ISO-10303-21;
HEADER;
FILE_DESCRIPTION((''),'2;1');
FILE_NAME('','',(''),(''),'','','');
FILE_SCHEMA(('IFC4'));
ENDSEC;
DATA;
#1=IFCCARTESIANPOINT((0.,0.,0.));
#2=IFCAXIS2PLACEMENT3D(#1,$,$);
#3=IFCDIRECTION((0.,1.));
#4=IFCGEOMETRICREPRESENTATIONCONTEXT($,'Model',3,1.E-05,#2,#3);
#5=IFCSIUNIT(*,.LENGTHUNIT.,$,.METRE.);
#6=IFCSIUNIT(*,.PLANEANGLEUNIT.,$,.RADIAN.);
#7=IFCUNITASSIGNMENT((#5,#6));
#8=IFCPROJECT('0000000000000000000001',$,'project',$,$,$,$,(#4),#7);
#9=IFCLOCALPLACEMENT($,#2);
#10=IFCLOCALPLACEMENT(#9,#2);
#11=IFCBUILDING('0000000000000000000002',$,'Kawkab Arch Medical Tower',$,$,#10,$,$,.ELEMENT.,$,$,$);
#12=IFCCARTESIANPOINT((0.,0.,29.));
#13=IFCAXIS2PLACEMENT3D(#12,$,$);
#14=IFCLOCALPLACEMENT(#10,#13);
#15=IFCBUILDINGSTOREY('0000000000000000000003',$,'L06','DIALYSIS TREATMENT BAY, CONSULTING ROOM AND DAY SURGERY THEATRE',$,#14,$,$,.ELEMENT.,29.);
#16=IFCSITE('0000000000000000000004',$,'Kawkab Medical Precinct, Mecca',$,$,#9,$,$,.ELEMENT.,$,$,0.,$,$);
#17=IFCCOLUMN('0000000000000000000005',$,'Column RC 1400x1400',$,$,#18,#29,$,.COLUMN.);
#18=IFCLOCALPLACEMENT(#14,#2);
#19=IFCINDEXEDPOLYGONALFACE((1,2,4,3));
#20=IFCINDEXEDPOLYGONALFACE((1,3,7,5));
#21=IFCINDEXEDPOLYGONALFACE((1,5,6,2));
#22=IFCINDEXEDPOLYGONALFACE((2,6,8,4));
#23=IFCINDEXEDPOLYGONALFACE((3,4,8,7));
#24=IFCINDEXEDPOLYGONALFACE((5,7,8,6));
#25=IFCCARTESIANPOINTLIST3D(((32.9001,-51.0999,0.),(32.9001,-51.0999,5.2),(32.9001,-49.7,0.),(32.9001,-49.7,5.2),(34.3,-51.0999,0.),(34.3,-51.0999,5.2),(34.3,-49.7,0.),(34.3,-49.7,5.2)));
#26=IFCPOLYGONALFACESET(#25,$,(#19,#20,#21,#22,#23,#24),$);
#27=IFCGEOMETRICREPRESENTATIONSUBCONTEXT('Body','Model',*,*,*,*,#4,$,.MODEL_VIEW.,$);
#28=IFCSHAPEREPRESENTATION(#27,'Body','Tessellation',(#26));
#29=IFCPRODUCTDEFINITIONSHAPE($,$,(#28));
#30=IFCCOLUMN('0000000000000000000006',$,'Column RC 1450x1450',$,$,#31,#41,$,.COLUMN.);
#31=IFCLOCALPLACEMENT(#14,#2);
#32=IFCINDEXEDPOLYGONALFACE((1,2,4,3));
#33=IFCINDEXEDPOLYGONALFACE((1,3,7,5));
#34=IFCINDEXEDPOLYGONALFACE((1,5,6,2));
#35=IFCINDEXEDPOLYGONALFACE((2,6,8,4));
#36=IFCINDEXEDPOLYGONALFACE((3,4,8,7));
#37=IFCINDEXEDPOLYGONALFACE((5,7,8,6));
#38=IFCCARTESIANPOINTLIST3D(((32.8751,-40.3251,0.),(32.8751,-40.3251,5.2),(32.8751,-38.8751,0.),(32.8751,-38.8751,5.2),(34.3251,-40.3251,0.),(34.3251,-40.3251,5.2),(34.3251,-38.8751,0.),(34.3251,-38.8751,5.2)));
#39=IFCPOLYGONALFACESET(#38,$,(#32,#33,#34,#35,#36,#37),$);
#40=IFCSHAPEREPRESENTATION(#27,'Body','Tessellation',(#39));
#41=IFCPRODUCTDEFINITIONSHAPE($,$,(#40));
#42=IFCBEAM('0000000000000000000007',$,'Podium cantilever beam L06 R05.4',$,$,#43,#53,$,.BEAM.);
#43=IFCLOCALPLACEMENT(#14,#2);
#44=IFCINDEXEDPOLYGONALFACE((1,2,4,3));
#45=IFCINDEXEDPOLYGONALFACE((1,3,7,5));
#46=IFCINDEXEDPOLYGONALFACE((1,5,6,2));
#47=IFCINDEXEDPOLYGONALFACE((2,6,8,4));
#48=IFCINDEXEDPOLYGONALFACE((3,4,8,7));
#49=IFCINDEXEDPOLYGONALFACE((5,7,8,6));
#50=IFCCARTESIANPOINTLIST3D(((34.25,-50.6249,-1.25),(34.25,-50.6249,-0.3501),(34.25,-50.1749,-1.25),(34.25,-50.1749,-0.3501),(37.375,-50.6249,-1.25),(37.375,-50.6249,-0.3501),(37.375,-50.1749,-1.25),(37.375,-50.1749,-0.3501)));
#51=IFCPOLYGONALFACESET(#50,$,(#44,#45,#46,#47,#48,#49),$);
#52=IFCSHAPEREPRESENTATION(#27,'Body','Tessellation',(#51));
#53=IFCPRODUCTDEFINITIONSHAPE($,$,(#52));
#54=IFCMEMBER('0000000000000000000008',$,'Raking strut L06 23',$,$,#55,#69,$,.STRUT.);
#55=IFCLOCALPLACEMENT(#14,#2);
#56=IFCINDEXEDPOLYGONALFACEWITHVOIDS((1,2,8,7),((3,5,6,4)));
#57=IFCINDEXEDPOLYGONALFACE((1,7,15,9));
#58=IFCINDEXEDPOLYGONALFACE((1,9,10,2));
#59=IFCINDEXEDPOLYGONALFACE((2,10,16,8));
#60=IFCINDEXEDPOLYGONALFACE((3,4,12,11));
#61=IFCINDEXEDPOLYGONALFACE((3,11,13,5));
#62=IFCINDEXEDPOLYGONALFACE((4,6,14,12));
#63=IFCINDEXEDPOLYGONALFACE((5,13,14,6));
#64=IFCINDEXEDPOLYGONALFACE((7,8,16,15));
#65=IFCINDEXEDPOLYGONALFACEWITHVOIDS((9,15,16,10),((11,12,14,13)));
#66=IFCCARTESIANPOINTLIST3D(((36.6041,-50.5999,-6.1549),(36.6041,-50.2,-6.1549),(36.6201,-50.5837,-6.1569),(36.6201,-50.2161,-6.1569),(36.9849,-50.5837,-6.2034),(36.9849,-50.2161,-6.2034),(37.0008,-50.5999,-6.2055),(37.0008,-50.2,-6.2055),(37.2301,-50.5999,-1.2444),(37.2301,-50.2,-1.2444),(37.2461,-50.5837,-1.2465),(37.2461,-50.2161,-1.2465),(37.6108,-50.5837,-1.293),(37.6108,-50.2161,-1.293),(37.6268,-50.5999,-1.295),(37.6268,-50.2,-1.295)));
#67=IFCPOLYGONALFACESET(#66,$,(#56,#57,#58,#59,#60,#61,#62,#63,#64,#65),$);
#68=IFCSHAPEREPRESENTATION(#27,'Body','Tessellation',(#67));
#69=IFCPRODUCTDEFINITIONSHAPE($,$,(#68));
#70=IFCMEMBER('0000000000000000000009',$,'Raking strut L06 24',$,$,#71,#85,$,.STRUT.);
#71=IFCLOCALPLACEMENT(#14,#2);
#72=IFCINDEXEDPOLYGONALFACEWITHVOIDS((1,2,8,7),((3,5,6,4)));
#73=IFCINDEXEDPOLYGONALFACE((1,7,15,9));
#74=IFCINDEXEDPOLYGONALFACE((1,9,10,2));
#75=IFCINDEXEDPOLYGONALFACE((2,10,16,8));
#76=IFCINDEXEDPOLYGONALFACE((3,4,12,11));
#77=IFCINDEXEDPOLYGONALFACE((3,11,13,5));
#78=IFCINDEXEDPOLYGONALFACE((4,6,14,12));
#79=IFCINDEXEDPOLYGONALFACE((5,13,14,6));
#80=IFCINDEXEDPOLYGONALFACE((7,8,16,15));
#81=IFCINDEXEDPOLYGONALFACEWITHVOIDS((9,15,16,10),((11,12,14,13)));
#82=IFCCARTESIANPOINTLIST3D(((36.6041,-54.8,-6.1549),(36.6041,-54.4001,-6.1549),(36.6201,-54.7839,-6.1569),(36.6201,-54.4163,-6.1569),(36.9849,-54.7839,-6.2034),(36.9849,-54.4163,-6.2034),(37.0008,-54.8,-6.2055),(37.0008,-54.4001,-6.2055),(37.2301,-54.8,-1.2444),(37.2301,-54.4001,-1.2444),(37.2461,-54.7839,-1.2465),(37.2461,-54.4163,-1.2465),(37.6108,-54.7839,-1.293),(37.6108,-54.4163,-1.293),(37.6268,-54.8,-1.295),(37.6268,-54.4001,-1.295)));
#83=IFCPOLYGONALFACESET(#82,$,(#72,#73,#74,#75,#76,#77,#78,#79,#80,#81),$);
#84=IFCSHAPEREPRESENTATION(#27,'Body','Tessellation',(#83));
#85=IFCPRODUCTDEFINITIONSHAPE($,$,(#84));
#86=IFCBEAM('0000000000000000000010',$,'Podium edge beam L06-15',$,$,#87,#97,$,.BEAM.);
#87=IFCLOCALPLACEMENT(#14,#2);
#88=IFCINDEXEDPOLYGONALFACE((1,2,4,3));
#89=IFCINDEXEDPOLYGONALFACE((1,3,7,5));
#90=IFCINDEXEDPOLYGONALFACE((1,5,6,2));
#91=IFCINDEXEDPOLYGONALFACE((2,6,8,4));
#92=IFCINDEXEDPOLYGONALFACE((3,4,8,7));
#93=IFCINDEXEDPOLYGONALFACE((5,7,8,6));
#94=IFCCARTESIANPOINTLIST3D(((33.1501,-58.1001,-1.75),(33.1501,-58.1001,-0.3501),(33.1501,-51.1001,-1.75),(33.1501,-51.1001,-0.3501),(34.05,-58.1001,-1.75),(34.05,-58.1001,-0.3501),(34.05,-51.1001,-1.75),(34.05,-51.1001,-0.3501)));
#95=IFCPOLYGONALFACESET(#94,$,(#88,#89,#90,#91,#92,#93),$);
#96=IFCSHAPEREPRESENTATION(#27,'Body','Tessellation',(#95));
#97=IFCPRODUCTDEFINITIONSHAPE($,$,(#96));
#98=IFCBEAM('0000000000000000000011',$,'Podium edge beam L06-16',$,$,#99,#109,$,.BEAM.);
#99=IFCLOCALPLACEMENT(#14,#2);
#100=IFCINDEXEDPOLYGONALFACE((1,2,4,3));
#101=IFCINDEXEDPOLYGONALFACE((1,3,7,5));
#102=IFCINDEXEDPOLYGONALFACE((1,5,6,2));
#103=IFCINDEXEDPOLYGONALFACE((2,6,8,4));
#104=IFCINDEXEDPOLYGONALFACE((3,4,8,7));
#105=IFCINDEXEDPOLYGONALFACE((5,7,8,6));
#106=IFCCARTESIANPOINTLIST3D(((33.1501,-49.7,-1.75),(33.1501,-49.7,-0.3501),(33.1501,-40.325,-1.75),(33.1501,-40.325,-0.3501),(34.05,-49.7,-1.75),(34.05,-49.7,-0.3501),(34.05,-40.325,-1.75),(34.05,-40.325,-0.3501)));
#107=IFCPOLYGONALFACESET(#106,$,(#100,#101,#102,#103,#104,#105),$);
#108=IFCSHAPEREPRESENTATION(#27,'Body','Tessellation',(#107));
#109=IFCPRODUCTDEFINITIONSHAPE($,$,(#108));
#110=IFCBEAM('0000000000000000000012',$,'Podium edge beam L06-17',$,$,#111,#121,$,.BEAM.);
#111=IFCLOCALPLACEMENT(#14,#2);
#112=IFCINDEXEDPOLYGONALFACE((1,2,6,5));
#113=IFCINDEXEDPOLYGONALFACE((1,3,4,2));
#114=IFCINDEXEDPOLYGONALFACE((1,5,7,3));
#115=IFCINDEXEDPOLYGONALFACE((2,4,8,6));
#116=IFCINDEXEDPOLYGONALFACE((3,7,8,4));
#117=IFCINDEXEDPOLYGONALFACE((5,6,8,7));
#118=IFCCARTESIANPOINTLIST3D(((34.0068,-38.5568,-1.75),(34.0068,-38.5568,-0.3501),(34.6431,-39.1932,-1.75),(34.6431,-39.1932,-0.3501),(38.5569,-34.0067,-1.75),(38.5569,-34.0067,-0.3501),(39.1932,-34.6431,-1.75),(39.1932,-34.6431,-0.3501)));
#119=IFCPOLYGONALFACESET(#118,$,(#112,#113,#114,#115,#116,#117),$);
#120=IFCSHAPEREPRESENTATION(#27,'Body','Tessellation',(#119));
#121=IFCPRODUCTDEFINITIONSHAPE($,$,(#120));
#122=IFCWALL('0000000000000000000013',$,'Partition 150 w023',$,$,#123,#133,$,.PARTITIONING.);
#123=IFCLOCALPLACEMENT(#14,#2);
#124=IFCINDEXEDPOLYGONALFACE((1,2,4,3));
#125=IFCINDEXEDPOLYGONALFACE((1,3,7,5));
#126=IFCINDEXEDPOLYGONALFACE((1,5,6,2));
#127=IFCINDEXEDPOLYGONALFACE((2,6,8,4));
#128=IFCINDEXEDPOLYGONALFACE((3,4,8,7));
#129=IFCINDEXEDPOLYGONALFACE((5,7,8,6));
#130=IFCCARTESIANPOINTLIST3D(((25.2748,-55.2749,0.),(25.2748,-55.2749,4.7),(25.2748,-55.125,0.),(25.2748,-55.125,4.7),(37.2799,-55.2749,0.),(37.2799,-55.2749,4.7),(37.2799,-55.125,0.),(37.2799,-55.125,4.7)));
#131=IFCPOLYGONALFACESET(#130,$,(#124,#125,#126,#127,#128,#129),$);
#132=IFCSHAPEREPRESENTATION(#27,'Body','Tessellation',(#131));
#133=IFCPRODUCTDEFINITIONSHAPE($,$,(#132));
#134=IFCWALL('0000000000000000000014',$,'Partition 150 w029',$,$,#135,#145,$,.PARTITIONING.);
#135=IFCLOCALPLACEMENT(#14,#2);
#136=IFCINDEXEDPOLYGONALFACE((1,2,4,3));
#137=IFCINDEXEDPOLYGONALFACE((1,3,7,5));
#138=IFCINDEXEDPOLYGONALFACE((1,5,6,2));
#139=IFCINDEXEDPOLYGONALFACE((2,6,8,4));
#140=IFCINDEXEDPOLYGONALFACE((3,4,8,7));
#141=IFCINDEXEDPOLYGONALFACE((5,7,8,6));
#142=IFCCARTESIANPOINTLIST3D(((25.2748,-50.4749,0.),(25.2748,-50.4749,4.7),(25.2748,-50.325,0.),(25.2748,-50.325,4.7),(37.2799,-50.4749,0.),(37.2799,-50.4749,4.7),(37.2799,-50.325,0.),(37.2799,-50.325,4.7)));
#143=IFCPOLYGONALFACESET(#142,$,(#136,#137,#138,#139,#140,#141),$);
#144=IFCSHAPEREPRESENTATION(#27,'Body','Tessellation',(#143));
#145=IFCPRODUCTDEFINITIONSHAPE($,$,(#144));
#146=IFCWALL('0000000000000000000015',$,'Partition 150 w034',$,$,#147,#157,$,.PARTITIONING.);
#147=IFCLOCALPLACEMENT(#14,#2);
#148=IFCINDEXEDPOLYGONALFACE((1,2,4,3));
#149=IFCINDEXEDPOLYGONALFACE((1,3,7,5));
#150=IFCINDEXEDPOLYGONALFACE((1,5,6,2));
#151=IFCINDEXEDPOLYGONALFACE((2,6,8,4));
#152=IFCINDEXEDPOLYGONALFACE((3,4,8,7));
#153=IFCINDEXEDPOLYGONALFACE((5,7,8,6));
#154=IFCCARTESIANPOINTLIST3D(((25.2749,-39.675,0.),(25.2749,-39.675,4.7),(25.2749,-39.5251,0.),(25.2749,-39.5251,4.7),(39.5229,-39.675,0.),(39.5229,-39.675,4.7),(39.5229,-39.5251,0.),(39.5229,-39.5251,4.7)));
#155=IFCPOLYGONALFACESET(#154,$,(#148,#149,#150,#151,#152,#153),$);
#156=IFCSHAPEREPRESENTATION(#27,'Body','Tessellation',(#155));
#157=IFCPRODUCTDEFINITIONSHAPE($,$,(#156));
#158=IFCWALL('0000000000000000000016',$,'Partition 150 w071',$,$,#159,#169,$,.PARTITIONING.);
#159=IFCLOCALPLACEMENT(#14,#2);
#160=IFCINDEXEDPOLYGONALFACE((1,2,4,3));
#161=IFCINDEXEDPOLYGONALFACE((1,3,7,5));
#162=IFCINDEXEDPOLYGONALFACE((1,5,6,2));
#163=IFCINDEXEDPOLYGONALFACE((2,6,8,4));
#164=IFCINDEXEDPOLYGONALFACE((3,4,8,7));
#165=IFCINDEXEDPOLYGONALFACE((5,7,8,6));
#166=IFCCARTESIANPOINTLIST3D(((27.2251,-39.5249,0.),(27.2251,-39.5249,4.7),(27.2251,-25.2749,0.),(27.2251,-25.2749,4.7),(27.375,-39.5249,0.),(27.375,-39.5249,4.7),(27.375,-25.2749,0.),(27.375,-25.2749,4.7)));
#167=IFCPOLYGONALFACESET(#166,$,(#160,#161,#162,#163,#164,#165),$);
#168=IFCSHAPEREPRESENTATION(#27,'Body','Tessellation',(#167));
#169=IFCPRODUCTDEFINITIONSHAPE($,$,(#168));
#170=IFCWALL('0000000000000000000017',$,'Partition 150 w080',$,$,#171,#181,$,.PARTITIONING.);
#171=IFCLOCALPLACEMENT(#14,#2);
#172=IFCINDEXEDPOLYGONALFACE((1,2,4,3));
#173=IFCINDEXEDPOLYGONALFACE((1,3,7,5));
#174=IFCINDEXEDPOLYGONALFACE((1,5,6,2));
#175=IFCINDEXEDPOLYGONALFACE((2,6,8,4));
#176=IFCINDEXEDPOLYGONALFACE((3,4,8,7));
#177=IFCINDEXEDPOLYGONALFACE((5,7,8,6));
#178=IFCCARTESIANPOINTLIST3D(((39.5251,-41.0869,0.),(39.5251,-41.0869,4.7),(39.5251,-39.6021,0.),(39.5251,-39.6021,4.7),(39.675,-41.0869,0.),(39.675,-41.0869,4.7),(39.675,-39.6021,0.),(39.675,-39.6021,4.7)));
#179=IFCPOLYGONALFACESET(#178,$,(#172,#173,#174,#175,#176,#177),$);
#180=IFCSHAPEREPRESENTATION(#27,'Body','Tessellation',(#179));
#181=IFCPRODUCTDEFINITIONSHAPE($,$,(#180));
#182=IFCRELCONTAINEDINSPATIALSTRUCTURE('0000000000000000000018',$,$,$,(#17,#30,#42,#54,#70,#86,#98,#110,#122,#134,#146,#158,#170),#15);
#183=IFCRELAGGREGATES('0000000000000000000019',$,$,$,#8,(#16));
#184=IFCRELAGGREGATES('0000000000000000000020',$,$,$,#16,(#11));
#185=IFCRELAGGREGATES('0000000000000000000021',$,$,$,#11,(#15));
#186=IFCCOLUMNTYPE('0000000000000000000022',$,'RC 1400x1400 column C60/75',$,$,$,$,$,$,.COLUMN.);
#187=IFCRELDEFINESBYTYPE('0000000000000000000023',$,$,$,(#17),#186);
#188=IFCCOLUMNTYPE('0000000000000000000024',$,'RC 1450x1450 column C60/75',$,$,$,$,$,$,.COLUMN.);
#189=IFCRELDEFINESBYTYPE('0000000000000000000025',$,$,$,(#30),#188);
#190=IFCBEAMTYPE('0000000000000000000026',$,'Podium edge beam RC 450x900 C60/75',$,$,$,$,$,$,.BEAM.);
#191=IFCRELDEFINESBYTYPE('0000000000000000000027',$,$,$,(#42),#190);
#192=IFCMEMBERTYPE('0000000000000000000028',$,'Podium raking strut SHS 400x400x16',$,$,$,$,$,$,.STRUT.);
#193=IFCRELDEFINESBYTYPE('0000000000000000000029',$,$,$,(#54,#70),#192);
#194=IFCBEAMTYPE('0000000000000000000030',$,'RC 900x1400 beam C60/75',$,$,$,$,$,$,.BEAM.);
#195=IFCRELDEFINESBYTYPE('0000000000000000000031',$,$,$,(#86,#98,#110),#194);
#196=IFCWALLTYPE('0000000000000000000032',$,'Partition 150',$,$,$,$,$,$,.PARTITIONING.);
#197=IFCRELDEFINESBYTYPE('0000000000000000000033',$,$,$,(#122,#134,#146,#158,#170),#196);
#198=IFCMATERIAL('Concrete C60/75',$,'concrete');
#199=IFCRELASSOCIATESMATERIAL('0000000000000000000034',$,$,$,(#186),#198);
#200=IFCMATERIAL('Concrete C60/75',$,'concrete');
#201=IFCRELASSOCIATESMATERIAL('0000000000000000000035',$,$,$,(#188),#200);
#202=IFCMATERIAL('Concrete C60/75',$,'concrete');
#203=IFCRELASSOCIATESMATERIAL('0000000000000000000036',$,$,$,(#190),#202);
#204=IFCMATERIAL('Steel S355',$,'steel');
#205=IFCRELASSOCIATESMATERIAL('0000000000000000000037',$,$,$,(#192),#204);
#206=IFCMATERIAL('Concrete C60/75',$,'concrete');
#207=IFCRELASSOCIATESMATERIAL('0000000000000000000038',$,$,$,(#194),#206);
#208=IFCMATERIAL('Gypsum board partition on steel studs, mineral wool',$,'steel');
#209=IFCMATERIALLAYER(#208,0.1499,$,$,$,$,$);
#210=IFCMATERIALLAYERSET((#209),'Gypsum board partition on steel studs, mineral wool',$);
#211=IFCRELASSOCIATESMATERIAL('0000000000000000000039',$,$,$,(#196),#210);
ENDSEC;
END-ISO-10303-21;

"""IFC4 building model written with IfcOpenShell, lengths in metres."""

from ifc_helpers import new_model, si_unit, direction, frame, frame_2d, origin, origin_2d, place, context, subcontext, project, spatial, rectangle, hollow_rectangle, extrude, material, layer, layer_set, material_profile, profile_set, type_object, element, save


model = new_model("IFC4")

# Units and contexts
model_context = context("Model", 3, precision=1e-05, world=origin(), true_north=direction((0.0, 1.0)))
body_context = subcontext(model_context, "Body", "Model", "MODEL_VIEW")
ifc_project = project(units=[si_unit("LENGTHUNIT", "METRE"), si_unit("PLANEANGLEUNIT", "RADIAN")], contexts=[model_context])

# Site, building, storey
site_placement = place(None, origin())
site = spatial("IfcSite", under=ifc_project, at=site_placement, Name="Kawkab Medical Precinct, Mecca", CompositionType="ELEMENT", RefElevation=0.0)
building_placement = place(site_placement, origin())
building = spatial("IfcBuilding", under=site, at=building_placement, Name="Kawkab Arch Medical Tower", CompositionType="ELEMENT")
storey_placement = place(building_placement, frame((0.0, 0.0, 29.0)))
storey = spatial("IfcBuildingStorey", under=building, at=storey_placement, Name="L06", Description="DIALYSIS TREATMENT BAY, CONSULTING ROOM AND DAY SURGERY THEATRE", CompositionType="ELEMENT", Elevation=29.0)

# Columns
ifc_material_1 = material(Name="Concrete C60/75", Category="concrete")
ifc_material_profile_1 = material_profile(ifc_material_1, rectangle(XDim=1.3999, YDim=1.3999, at=origin_2d()), Name="RC 1400x1400")
ifc_profile_set_1 = profile_set([ifc_material_profile_1], Name="Concrete C60/75")
column_type_1 = type_object("IfcColumnType", Name="RC 1400x1400 column C60/75", PredefinedType="COLUMN", material=ifc_profile_set_1)
column_1_placement = place(storey_placement, frame((33.6001, -50.3999, 0.0), z_axis=(0.0, 0.0, 1.0), x_axis=(1.0, 0.0, 0.0)))
element("IfcColumn", 1, at=column_1_placement, inside=storey, type_object=column_type_1, Name="Column RC 1400x1400", PredefinedType="COLUMN", context=body_context, shape_type="SweptSolid", body=[
    extrude(rectangle(XDim=1.3999, YDim=1.3999, at=origin_2d()), origin(), (0.0, 0.0, 1.0), 5.2),
])
ifc_material_2 = material(Name="Concrete C60/75", Category="concrete")
ifc_material_profile_2 = material_profile(ifc_material_2, rectangle(XDim=1.45, YDim=1.45, at=origin_2d()), Name="RC 1450x1450")
ifc_profile_set_2 = profile_set([ifc_material_profile_2], Name="Concrete C60/75")
column_type_2 = type_object("IfcColumnType", Name="RC 1450x1450 column C60/75", PredefinedType="COLUMN", material=ifc_profile_set_2)
column_2_placement = place(storey_placement, frame((33.6001, -39.6001, 0.0), z_axis=(0.0, 0.0, 1.0), x_axis=(1.0, 0.0, 0.0)))
element("IfcColumn", 2, at=column_2_placement, inside=storey, type_object=column_type_2, Name="Column RC 1450x1450", PredefinedType="COLUMN", context=body_context, shape_type="SweptSolid", body=[
    extrude(rectangle(XDim=1.45, YDim=1.45, at=origin_2d()), origin(), (0.0, 0.0, 1.0), 5.2),
])

# Beam
ifc_material_3 = material(Name="Concrete C60/75", Category="concrete")
ifc_material_profile_3 = material_profile(ifc_material_3, rectangle(XDim=0.45, YDim=0.8999, at=origin_2d()), Name="RC 450x900")
ifc_profile_set_3 = profile_set([ifc_material_profile_3], Name="Concrete C60/75")
beam_type_1 = type_object("IfcBeamType", Name="Podium edge beam RC 450x900 C60/75", PredefinedType="BEAM", material=ifc_profile_set_3)
beam_1_placement = place(storey_placement, frame((34.25, -50.3999, -0.8), z_axis=(1.0, 0.0, 0.0), x_axis=(0.0, 1.0, 0.0)))
element("IfcBeam", 3, at=beam_1_placement, inside=storey, type_object=beam_type_1, Name="Podium cantilever beam L06 R05.4", PredefinedType="BEAM", context=body_context, shape_type="SweptSolid", body=[
    extrude(rectangle(XDim=0.45, YDim=0.8999, at=origin_2d()), origin(), (0.0, 0.0, 1.0), 3.125),
])

# Members
ifc_material_4 = material(Name="Steel S355", Category="steel")
ifc_material_profile_4 = material_profile(ifc_material_4, hollow_rectangle(XDim=0.3999, YDim=0.3999, WallThickness=0.0161, at=origin_2d()), Name="SHS 400x400x16")
ifc_profile_set_4 = profile_set([ifc_material_profile_4], Name="Steel S355")
member_type = type_object("IfcMemberType", Name="Podium raking strut SHS 400x400x16", PredefinedType="STRUT", material=ifc_profile_set_4)
for number, where, z_axis, x_axis, name in (
    (4, (36.8025, -50.3999, -6.1802), (0.126456, 0.0, 0.991972), (0.0, 1.0, 0.0), "Raking strut L06 23"),
    (5, (36.8025, -54.6001, -6.1802), (0.126456, 0.0, 0.991972), (0.0, 1.0, 0.0), "Raking strut L06 24"),
):
    element("IfcMember", number, at=place(storey_placement, frame(where, z_axis=z_axis, x_axis=x_axis)), inside=storey, type_object=member_type, Name=name, PredefinedType="STRUT", context=body_context, shape_type="SweptSolid", body=[
        extrude(hollow_rectangle(XDim=0.3999, YDim=0.3999, WallThickness=0.0161, at=origin_2d()), origin(), (0.0, 0.0, 1.0), 4.9502),
    ])

# Beams
ifc_material_5 = material(Name="Concrete C60/75", Category="concrete")
ifc_material_profile_5 = material_profile(ifc_material_5, rectangle(XDim=0.8999, YDim=1.3999, at=origin_2d()), Name="RC 900x1400")
ifc_profile_set_5 = profile_set([ifc_material_profile_5], Name="Concrete C60/75")
beam_type_2 = type_object("IfcBeamType", Name="RC 900x1400 beam C60/75", PredefinedType="BEAM", material=ifc_profile_set_5)
beam_2_placement = place(storey_placement, frame((33.6001, -58.1001, -1.05), z_axis=(0.0, 1.0, 0.0), x_axis=(-1.0, 0.0, 0.0)))
element("IfcBeam", 6, at=beam_2_placement, inside=storey, type_object=beam_type_2, Name="Podium edge beam L06-15", PredefinedType="BEAM", context=body_context, shape_type="SweptSolid", body=[
    extrude(rectangle(XDim=0.8999, YDim=1.3999, at=origin_2d()), origin(), (0.0, 0.0, 1.0), 7.0),
])
beam_3_placement = place(storey_placement, frame((33.6001, -49.7, -1.05), z_axis=(0.0, 1.0, 0.0), x_axis=(-1.0, 0.0, 0.0)))
element("IfcBeam", 7, at=beam_3_placement, inside=storey, type_object=beam_type_2, Name="Podium edge beam L06-16", PredefinedType="BEAM", context=body_context, shape_type="SweptSolid", body=[
    extrude(rectangle(XDim=0.8999, YDim=1.3999, at=origin_2d()), origin(), (0.0, 0.0, 1.0), 9.375),
])
beam_4_placement = place(storey_placement, frame((34.325, -38.875, -1.05), z_axis=(0.707107, 0.707107, 0.0), x_axis=(-0.707107, 0.707107, 0.0)))
element("IfcBeam", 8, at=beam_4_placement, inside=storey, type_object=beam_type_2, Name="Podium edge beam L06-17", PredefinedType="BEAM", context=body_context, shape_type="SweptSolid", body=[
    extrude(rectangle(XDim=0.8999, YDim=1.3999, at=origin_2d()), origin(), (0.0, 0.0, 1.0), 6.4348),
])

# Walls
ifc_material_6 = material(Name="Gypsum board partition on steel studs, mineral wool", Category="steel")
ifc_layer_1 = layer(ifc_material_6, 0.1499)
ifc_layer_set_1 = layer_set([ifc_layer_1], Name="Gypsum board partition on steel studs, mineral wool")
wall_type_1 = type_object("IfcWallType", Name="Partition 150", PredefinedType="PARTITIONING", material=ifc_layer_set_1)
for number, where, z_axis, x_axis, name in (
    (9, (25.2749, -55.2, 0.0), (0.0, 0.0, 1.0), (1.0, 0.0, 0.0), "Partition 150 w023"),
    (10, (25.2749, -50.3999, 0.0), (0.0, 0.0, 1.0), (1.0, 0.0, 0.0), "Partition 150 w029"),
):
    element("IfcWall", number, at=place(storey_placement, frame(where, z_axis=z_axis, x_axis=x_axis)), inside=storey, type_object=wall_type_1, Name=name, PredefinedType="PARTITIONING", context=body_context, shape_type="SweptSolid", body=[
        extrude(rectangle(XDim=12.0051, YDim=0.1499, at=frame_2d((6.0024, 0.0))), origin(), (0.0, 0.0, 1.0), 4.7),
    ])
wall_1_placement = place(storey_placement, frame((25.2749, -39.6001, 0.0), z_axis=(0.0, 0.0, 1.0), x_axis=(1.0, 0.0, 0.0)))
element("IfcWall", 11, at=wall_1_placement, inside=storey, type_object=wall_type_1, Name="Partition 150 w034", PredefinedType="PARTITIONING", context=body_context, shape_type="SweptSolid", body=[
    extrude(rectangle(XDim=14.248, YDim=0.1499, at=frame_2d((7.124, 0.0))), origin(), (0.0, 0.0, 1.0), 4.7),
])
wall_2_placement = place(storey_placement, frame((27.3, -39.5249, 0.0), z_axis=(0.0, 0.0, 1.0), x_axis=(0.0, 1.0, 0.0)))
element("IfcWall", 12, at=wall_2_placement, inside=storey, type_object=wall_type_1, Name="Partition 150 w071", PredefinedType="PARTITIONING", context=body_context, shape_type="SweptSolid", body=[
    extrude(rectangle(XDim=14.25, YDim=0.1499, at=frame_2d((7.125, 0.0))), origin(), (0.0, 0.0, 1.0), 4.7),
])
wall_3_placement = place(storey_placement, frame((39.6001, -41.0869, 0.0), z_axis=(0.0, 0.0, 1.0), x_axis=(0.0, 1.0, 0.0)))
element("IfcWall", 13, at=wall_3_placement, inside=storey, type_object=wall_type_1, Name="Partition 150 w080", PredefinedType="PARTITIONING", context=body_context, shape_type="SweptSolid", body=[
    extrude(rectangle(XDim=1.4849, YDim=0.1499, at=frame_2d((0.7424, 0.0))), origin(), (0.0, 0.0, 1.0), 4.7),
])

save(model, "model.ifc")
